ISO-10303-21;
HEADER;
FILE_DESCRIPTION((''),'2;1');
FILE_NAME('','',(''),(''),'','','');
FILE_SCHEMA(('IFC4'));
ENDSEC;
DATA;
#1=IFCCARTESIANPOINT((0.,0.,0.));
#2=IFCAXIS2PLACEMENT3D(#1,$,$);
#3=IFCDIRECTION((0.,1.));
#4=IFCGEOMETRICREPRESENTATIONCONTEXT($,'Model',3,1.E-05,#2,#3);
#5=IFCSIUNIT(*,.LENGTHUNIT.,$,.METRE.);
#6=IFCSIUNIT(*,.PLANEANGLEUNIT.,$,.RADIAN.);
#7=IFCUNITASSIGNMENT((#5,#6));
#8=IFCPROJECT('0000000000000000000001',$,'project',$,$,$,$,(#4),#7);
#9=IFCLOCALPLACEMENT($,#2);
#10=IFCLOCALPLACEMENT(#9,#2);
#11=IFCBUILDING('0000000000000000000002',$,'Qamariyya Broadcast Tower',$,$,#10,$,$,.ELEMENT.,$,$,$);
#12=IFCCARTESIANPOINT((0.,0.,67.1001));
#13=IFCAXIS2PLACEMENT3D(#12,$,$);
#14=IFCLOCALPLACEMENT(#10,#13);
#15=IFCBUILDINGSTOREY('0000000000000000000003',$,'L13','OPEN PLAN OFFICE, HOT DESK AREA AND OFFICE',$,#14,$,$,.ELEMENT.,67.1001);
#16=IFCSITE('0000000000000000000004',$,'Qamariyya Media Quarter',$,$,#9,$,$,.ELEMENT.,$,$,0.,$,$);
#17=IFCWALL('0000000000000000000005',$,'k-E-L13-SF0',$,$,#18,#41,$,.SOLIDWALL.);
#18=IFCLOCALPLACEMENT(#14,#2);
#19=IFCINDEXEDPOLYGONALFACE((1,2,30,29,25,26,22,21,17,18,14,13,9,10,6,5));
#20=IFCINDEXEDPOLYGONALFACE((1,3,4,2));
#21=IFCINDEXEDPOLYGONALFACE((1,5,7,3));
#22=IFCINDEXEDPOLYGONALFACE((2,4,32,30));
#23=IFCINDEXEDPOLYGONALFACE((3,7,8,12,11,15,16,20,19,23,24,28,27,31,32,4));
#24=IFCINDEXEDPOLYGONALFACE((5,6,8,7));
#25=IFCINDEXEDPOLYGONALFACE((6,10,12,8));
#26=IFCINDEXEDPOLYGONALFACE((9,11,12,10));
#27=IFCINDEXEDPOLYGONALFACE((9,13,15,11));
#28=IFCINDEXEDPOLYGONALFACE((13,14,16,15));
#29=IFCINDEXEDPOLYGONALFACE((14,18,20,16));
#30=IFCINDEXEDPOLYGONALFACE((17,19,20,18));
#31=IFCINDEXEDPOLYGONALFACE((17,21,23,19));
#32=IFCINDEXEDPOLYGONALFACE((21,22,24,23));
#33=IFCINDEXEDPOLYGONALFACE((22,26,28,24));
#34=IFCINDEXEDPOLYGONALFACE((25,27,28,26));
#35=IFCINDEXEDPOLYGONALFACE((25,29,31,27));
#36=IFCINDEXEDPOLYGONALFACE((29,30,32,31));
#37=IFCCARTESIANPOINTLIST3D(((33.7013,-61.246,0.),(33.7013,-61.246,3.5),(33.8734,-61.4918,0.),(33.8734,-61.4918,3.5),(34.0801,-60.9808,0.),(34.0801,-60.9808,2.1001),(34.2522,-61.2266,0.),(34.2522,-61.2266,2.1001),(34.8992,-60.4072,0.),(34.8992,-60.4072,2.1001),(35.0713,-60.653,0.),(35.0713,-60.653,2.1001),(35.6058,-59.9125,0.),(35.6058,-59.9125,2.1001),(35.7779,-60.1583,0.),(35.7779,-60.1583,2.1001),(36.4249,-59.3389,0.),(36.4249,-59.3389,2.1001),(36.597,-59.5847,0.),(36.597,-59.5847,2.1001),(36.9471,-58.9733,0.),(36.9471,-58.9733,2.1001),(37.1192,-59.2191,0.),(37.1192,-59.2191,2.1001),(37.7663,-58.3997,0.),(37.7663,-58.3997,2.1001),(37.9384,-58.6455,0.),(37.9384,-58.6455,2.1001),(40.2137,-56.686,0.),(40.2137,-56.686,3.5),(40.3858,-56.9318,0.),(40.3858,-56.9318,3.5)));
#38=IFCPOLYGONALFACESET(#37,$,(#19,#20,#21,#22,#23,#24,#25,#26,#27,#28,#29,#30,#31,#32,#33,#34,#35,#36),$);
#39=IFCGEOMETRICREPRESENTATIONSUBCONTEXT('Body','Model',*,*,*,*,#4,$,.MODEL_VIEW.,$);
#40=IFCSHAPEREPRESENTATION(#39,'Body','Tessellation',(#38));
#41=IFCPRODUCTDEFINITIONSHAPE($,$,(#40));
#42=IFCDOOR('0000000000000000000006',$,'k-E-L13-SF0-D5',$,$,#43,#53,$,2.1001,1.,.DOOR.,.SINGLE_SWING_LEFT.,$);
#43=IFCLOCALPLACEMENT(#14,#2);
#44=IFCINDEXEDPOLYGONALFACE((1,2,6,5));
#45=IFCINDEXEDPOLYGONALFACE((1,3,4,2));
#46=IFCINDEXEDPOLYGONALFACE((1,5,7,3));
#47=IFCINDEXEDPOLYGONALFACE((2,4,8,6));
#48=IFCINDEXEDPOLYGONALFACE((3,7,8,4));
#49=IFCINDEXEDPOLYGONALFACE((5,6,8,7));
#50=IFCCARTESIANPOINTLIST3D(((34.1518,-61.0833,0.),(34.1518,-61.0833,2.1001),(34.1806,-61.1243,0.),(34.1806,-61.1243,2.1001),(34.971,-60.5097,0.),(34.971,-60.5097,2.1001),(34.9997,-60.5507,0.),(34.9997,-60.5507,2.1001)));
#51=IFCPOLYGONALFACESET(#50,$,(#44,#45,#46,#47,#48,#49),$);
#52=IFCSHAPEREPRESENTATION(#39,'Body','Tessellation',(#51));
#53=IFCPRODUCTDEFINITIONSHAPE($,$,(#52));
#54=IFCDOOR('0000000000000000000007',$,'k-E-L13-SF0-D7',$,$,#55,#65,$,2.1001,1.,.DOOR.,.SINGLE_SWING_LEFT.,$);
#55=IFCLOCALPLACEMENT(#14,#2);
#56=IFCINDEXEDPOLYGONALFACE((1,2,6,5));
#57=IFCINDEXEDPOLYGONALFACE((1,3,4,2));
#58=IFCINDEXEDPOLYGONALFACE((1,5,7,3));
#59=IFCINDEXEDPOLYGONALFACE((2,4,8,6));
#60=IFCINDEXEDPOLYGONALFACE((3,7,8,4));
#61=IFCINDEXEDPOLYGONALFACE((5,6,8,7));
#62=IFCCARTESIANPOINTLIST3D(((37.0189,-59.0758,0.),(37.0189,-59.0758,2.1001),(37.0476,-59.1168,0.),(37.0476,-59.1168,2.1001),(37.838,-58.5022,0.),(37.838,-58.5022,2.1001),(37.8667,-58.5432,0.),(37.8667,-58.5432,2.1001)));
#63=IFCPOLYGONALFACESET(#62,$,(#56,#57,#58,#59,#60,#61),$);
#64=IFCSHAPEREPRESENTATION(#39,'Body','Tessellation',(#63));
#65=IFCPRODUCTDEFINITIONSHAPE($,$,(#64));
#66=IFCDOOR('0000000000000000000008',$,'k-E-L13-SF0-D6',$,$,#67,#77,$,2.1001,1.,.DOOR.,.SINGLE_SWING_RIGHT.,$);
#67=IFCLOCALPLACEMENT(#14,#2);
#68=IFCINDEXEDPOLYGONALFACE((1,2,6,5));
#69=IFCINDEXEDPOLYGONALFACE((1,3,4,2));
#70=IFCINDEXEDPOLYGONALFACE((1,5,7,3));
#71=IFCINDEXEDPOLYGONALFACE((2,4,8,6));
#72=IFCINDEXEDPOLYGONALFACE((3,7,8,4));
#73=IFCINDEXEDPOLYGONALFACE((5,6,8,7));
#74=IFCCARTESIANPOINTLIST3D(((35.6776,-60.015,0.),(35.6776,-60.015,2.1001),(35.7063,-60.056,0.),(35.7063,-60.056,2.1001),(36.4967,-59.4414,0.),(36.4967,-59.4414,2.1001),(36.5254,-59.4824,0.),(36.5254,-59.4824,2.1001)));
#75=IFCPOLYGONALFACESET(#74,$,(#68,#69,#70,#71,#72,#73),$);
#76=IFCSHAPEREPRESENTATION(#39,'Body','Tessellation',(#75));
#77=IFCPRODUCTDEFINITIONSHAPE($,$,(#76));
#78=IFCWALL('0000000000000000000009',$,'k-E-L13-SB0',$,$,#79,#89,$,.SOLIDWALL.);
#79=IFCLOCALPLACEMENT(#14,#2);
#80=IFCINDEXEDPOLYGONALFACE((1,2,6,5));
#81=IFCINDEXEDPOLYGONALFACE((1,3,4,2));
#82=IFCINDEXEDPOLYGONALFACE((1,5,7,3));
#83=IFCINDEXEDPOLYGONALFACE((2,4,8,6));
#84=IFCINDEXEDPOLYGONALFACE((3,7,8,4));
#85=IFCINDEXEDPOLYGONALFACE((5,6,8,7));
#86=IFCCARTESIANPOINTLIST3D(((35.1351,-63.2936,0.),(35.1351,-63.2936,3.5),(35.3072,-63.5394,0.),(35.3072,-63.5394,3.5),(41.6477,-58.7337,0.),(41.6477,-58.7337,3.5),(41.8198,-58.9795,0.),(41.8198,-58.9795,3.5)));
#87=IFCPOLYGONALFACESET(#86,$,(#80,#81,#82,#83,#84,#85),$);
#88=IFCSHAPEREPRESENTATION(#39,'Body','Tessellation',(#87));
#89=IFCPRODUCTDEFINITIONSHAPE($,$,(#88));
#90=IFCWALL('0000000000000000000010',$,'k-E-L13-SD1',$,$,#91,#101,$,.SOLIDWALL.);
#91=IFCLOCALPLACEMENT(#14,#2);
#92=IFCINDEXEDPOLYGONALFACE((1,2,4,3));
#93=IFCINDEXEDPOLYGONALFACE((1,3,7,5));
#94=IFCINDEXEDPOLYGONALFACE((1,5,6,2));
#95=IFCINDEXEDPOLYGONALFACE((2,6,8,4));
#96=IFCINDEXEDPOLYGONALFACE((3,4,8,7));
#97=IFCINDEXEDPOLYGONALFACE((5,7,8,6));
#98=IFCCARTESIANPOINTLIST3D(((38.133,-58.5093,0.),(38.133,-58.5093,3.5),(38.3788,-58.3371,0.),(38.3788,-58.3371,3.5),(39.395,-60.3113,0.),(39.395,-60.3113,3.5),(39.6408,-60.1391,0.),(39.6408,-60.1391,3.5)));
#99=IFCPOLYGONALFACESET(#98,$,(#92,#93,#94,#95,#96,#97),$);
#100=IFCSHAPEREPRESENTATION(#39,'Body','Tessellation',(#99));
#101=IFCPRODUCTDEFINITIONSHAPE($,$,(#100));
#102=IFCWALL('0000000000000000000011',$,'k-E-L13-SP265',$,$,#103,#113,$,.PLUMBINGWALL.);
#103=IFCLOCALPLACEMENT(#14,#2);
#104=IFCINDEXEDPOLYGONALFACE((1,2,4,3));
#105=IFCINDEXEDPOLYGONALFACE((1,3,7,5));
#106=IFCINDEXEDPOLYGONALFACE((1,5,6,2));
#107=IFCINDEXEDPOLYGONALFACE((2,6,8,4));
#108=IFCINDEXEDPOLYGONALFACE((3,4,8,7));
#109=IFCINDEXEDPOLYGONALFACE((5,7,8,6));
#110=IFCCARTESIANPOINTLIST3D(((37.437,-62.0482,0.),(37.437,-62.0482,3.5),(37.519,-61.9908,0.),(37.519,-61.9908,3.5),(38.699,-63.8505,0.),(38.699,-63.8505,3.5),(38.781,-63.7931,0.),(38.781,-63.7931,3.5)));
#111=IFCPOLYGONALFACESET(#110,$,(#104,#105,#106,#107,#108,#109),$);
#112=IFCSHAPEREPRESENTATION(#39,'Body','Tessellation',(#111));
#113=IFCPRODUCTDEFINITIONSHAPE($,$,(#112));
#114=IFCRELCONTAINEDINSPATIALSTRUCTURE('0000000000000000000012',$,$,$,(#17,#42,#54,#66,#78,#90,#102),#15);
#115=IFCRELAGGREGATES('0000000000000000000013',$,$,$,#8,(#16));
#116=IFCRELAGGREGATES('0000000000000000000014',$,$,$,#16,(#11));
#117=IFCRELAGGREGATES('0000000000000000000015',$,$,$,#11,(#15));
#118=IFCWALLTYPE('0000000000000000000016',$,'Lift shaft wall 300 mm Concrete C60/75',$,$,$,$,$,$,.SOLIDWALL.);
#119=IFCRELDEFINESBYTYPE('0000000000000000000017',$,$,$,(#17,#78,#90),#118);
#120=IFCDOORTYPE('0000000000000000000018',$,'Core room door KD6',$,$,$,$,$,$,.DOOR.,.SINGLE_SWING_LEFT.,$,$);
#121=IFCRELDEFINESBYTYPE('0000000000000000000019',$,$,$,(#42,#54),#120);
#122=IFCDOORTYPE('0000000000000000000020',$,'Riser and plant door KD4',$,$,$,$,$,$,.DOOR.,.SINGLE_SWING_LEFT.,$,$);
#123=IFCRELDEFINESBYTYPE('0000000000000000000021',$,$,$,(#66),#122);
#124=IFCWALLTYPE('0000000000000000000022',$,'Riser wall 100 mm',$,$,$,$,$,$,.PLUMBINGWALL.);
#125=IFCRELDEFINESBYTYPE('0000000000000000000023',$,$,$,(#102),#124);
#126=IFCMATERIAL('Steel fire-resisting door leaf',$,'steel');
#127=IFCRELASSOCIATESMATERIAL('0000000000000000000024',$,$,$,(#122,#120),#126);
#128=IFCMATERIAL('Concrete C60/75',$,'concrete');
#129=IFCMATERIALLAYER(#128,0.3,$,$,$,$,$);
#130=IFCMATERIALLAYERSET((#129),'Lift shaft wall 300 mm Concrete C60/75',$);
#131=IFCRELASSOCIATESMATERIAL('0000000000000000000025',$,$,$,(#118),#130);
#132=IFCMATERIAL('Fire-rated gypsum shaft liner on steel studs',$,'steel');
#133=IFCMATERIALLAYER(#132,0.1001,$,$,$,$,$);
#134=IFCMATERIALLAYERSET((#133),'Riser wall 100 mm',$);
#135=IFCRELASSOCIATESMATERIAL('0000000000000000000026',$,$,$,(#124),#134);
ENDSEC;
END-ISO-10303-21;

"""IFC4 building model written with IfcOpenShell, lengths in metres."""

from ifc_helpers import new_model, si_unit, direction, frame, frame_2d, origin, place, context, subcontext, project, spatial, rectangle, extrude, material, layer, layer_set, type_object, element, fill, save


model = new_model("IFC4")

# Units and contexts
model_context = context("Model", 3, precision=1e-05, world=origin(), true_north=direction((0.0, 1.0)))
body_context = subcontext(model_context, "Body", "Model", "MODEL_VIEW")
ifc_project = project(units=[si_unit("LENGTHUNIT", "METRE"), si_unit("PLANEANGLEUNIT", "RADIAN")], contexts=[model_context])

# Site, building, storey
site_placement = place(None, origin())
site = spatial("IfcSite", under=ifc_project, at=site_placement, Name="Qamariyya Media Quarter", CompositionType="ELEMENT", RefElevation=0.0)
building_placement = place(site_placement, origin())
building = spatial("IfcBuilding", under=site, at=building_placement, Name="Qamariyya Broadcast Tower", CompositionType="ELEMENT")
storey_placement = place(building_placement, frame((0.0, 0.0, 67.1001)))
storey = spatial("IfcBuildingStorey", under=building, at=storey_placement, Name="L13", Description="OPEN PLAN OFFICE, HOT DESK AREA AND OFFICE", CompositionType="ELEMENT", Elevation=67.1001)

# Shared definitions
ifc_material_1 = material(Name="Steel fire-resisting door leaf", Category="steel")

# Shared definitions
door_type_1 = type_object("IfcDoorType", Name="Riser and plant door KD4", OperationType="SINGLE_SWING_LEFT", PredefinedType="DOOR", material=ifc_material_1)

# Shared definitions
ifc_material_2 = material(Name="Concrete C60/75", Category="concrete")

# Shared definitions
ifc_layer_1 = layer(ifc_material_2, 0.3)
ifc_layer_set_1 = layer_set([ifc_layer_1], Name="Lift shaft wall 300 mm Concrete C60/75")
wall_type_1 = type_object("IfcWallType", Name="Lift shaft wall 300 mm Concrete C60/75", PredefinedType="SOLIDWALL", material=ifc_layer_set_1)

# Wall, openings, doors
wall_1_placement = place(storey_placement, frame((33.7874, -61.3689, 0.0), z_axis=(0.0, 0.0, 1.0), x_axis=(0.819153, 0.573576, 0.0)))
wall_1 = element("IfcWall", 1, at=wall_1_placement, inside=storey, type_object=wall_type_1, Name="k-E-L13-SF0", PredefinedType="SOLIDWALL", context=body_context, shape_type="SweptSolid", body=[
    extrude(rectangle(XDim=7.9502, YDim=0.3, at=frame_2d((3.9751, 0.0))), origin(), (0.0, 0.0, 1.0), 3.5),
])
opening_1_placement = place(wall_1_placement, frame((0.4624, 0.0, 0.0)))
opening_1 = element("IfcOpeningElement", 2, at=opening_1_placement, cuts=wall_1, PredefinedType="OPENING", context=body_context, shape_type="SweptSolid", body=[
    extrude(rectangle(XDim=1.0, YDim=2.1001, at=frame_2d((0.5, 1.05))), frame((0.0, 0.1599, 0.0), z_axis=(0.0, -1.0, 0.0), x_axis=(1.0, 0.0, 0.0)), (0.0, 0.0, 1.0), 0.3201),
])
opening_2_placement = place(wall_1_placement, frame((2.325, 0.0, 0.0)))
opening_2 = element("IfcOpeningElement", 3, at=opening_2_placement, cuts=wall_1, PredefinedType="OPENING", context=body_context, shape_type="SweptSolid", body=[
    extrude(rectangle(XDim=1.0, YDim=2.1001, at=frame_2d((0.5, 1.05))), frame((0.0, 0.1599, 0.0), z_axis=(0.0, -1.0, 0.0), x_axis=(1.0, 0.0, 0.0)), (0.0, 0.0, 1.0), 0.3201),
])
opening_3_placement = place(wall_1_placement, frame((3.9624, 0.0, 0.0)))
opening_3 = element("IfcOpeningElement", 4, at=opening_3_placement, cuts=wall_1, PredefinedType="OPENING", context=body_context, shape_type="SweptSolid", body=[
    extrude(rectangle(XDim=1.0, YDim=2.1001, at=frame_2d((0.5, 1.05))), frame((0.0, 0.1599, 0.0), z_axis=(0.0, -1.0, 0.0), x_axis=(1.0, 0.0, 0.0)), (0.0, 0.0, 1.0), 0.3201),
])
door_type_2 = type_object("IfcDoorType", Name="Core room door KD6", OperationType="SINGLE_SWING_LEFT", PredefinedType="DOOR", material=ifc_material_1)
door_1_placement = place(opening_1_placement, origin())
door_1 = element("IfcDoor", 5, at=door_1_placement, inside=storey, type_object=door_type_2, Name="k-E-L13-SF0-D5", OperationType="SINGLE_SWING_LEFT", OverallHeight=2.1001, OverallWidth=1.0, PredefinedType="DOOR", context=body_context, shape_type="SweptSolid", body=[
    extrude(rectangle(XDim=1.0, YDim=2.1001, at=frame_2d((0.5, 1.05))), frame((0.0, 0.0249, 0.0), z_axis=(0.0, -1.0, 0.0), x_axis=(1.0, 0.0, 0.0)), (0.0, 0.0, 1.0), 0.05),
])
fill(opening_1, door_1)
door_2_placement = place(opening_3_placement, origin())
door_2 = element("IfcDoor", 6, at=door_2_placement, inside=storey, type_object=door_type_2, Name="k-E-L13-SF0-D7", OperationType="SINGLE_SWING_LEFT", OverallHeight=2.1001, OverallWidth=1.0, PredefinedType="DOOR", context=body_context, shape_type="SweptSolid", body=[
    extrude(rectangle(XDim=1.0, YDim=2.1001, at=frame_2d((0.5, 1.05))), frame((0.0, 0.0249, 0.0), z_axis=(0.0, -1.0, 0.0), x_axis=(1.0, 0.0, 0.0)), (0.0, 0.0, 1.0), 0.05),
])
fill(opening_3, door_2)
door_3_placement = place(opening_2_placement, origin())
door_3 = element("IfcDoor", 7, at=door_3_placement, inside=storey, type_object=door_type_1, Name="k-E-L13-SF0-D6", OperationType="SINGLE_SWING_RIGHT", OverallHeight=2.1001, OverallWidth=1.0, PredefinedType="DOOR", context=body_context, shape_type="SweptSolid", body=[
    extrude(rectangle(XDim=1.0, YDim=2.1001, at=frame_2d((0.5, 1.05))), frame((0.0, 0.0249, 0.0), z_axis=(0.0, -1.0, 0.0), x_axis=(1.0, 0.0, 0.0)), (0.0, 0.0, 1.0), 0.05),
])
fill(opening_2, door_3)

# Walls
wall_2_placement = place(storey_placement, frame((35.2212, -63.4165, 0.0), z_axis=(0.0, 0.0, 1.0), x_axis=(0.819167, 0.573555, 0.0)))
element("IfcWall", 8, at=wall_2_placement, inside=storey, type_object=wall_type_1, Name="k-E-L13-SB0", PredefinedType="SOLIDWALL", context=body_context, shape_type="SweptSolid", body=[
    extrude(rectangle(XDim=7.9502, YDim=0.3, at=frame_2d((3.9751, 0.0))), origin(), (0.0, 0.0, 1.0), 3.5),
])
wall_3_placement = place(storey_placement, frame((38.2559, -58.4231, 0.0), z_axis=(0.0, 0.0, 1.0), x_axis=(0.573634, -0.819112, 0.0)))
element("IfcWall", 9, at=wall_3_placement, inside=storey, type_object=wall_type_1, Name="k-E-L13-SD1", PredefinedType="SOLIDWALL", context=body_context, shape_type="SweptSolid", body=[
    extrude(rectangle(XDim=2.2, YDim=0.3, at=frame_2d((1.1001, 0.0))), origin(), (0.0, 0.0, 1.0), 3.5),
])
ifc_material_3 = material(Name="Fire-rated gypsum shaft liner on steel studs", Category="steel")
ifc_layer_2 = layer(ifc_material_3, 0.1001)
ifc_layer_set_2 = layer_set([ifc_layer_2], Name="Riser wall 100 mm")
wall_type_2 = type_object("IfcWallType", Name="Riser wall 100 mm", PredefinedType="PLUMBINGWALL", material=ifc_layer_set_2)
wall_4_placement = place(storey_placement, frame((37.478, -62.0195, 0.0), z_axis=(0.0, 0.0, 1.0), x_axis=(0.573581, -0.819149, 0.0)))
element("IfcWall", 10, at=wall_4_placement, inside=storey, type_object=wall_type_2, Name="k-E-L13-SP265", PredefinedType="PLUMBINGWALL", context=body_context, shape_type="SweptSolid", body=[
    extrude(rectangle(XDim=2.2002, YDim=0.1001, at=frame_2d((1.1001, 0.0))), origin(), (0.0, 0.0, 1.0), 3.5),
])

save(model, "model.ifc")
